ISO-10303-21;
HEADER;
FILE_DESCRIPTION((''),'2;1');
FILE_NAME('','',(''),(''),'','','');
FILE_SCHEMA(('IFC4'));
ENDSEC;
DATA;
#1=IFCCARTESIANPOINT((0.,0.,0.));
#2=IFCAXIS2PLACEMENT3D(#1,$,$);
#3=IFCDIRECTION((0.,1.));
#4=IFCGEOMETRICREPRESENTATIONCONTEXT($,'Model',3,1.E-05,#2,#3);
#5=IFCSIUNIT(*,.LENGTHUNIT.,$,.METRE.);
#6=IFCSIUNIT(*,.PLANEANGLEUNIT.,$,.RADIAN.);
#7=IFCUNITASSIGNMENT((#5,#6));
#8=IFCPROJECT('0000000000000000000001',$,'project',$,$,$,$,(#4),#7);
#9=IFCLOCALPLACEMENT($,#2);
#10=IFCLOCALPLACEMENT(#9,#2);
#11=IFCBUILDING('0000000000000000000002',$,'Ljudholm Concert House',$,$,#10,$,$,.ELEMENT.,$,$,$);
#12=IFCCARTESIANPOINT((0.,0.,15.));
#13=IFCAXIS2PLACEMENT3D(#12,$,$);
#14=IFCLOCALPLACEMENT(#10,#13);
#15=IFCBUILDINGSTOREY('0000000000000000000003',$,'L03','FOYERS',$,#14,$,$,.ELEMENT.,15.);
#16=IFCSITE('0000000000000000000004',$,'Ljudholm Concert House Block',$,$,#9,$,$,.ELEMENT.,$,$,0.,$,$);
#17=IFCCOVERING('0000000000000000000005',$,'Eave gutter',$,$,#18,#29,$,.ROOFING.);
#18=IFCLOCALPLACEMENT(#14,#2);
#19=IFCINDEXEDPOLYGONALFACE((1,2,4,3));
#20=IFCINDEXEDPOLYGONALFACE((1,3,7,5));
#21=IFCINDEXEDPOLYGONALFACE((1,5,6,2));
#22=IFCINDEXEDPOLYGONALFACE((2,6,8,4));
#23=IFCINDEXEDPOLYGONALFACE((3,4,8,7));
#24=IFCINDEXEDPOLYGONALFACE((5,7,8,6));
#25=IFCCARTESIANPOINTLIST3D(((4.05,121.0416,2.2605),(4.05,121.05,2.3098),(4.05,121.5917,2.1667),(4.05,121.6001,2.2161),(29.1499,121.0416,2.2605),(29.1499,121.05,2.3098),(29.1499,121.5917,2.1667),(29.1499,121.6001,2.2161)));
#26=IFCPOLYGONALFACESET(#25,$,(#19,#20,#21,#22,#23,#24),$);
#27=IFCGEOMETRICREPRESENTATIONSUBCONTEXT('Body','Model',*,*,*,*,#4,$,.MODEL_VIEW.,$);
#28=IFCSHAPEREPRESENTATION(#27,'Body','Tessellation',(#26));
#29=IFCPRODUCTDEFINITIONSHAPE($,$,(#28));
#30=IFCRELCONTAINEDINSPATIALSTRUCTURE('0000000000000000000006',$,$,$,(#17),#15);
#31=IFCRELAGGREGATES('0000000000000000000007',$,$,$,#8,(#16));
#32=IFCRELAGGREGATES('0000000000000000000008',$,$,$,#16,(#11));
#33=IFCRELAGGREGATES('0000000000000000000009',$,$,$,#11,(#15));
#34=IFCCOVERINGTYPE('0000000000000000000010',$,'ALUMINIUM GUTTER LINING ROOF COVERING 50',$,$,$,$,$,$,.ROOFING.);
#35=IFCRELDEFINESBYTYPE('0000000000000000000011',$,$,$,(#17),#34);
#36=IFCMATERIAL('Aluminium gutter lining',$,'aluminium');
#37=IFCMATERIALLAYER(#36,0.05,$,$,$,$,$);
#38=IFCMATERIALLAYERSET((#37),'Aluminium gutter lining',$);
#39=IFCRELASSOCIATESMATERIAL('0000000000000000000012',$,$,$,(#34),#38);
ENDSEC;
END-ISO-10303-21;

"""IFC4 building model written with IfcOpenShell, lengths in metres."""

from ifc_helpers import new_model, si_unit, direction, frame, origin, place, context, subcontext, project, spatial, polyline, outline, extrude, material, layer, layer_set, type_object, element, save


model = new_model("IFC4")

# Units and contexts
model_context = context("Model", 3, precision=1e-05, world=origin(), true_north=direction((0.0, 1.0)))
body_context = subcontext(model_context, "Body", "Model", "MODEL_VIEW")
ifc_project = project(units=[si_unit("LENGTHUNIT", "METRE"), si_unit("PLANEANGLEUNIT", "RADIAN")], contexts=[model_context])

# Site, building, storey
site_placement = place(None, origin())
site = spatial("IfcSite", under=ifc_project, at=site_placement, Name="Ljudholm Concert House Block", CompositionType="ELEMENT", RefElevation=0.0)
building_placement = place(site_placement, origin())
building = spatial("IfcBuilding", under=site, at=building_placement, Name="Ljudholm Concert House", CompositionType="ELEMENT")
storey_placement = place(building_placement, frame((0.0, 0.0, 15.0)))
storey = spatial("IfcBuildingStorey", under=building, at=storey_placement, Name="L03", Description="FOYERS", CompositionType="ELEMENT", Elevation=15.0)

# Covering
ifc_material_1 = material(Name="Aluminium gutter lining", Category="aluminium")
ifc_layer_1 = layer(ifc_material_1, 0.05)
ifc_layer_set_1 = layer_set([ifc_layer_1], Name="Aluminium gutter lining")
covering_type_1 = type_object("IfcCoveringType", Name="ALUMINIUM GUTTER LINING ROOF COVERING 50", PredefinedType="ROOFING", material=ifc_layer_set_1)
covering_1_placement = place(storey_placement, frame((4.05, 121.05, 2.3098), z_axis=(0.0, 0.168016, 0.985784), x_axis=(1.0, 0.0, 0.0)))
element("IfcCovering", 1, at=covering_1_placement, inside=storey, type_object=covering_type_1, Name="Eave gutter", PredefinedType="ROOFING", context=body_context, shape_type="SweptSolid", body=[
    extrude(outline(polyline([(0.0, 0.0), (25.0999, 0.0), (25.0999, 0.558), (0.0, 0.558), (0.0, 0.0)])), origin(), (0.0, 0.0, -1.0), 0.05),
])

save(model, "model.ifc")
